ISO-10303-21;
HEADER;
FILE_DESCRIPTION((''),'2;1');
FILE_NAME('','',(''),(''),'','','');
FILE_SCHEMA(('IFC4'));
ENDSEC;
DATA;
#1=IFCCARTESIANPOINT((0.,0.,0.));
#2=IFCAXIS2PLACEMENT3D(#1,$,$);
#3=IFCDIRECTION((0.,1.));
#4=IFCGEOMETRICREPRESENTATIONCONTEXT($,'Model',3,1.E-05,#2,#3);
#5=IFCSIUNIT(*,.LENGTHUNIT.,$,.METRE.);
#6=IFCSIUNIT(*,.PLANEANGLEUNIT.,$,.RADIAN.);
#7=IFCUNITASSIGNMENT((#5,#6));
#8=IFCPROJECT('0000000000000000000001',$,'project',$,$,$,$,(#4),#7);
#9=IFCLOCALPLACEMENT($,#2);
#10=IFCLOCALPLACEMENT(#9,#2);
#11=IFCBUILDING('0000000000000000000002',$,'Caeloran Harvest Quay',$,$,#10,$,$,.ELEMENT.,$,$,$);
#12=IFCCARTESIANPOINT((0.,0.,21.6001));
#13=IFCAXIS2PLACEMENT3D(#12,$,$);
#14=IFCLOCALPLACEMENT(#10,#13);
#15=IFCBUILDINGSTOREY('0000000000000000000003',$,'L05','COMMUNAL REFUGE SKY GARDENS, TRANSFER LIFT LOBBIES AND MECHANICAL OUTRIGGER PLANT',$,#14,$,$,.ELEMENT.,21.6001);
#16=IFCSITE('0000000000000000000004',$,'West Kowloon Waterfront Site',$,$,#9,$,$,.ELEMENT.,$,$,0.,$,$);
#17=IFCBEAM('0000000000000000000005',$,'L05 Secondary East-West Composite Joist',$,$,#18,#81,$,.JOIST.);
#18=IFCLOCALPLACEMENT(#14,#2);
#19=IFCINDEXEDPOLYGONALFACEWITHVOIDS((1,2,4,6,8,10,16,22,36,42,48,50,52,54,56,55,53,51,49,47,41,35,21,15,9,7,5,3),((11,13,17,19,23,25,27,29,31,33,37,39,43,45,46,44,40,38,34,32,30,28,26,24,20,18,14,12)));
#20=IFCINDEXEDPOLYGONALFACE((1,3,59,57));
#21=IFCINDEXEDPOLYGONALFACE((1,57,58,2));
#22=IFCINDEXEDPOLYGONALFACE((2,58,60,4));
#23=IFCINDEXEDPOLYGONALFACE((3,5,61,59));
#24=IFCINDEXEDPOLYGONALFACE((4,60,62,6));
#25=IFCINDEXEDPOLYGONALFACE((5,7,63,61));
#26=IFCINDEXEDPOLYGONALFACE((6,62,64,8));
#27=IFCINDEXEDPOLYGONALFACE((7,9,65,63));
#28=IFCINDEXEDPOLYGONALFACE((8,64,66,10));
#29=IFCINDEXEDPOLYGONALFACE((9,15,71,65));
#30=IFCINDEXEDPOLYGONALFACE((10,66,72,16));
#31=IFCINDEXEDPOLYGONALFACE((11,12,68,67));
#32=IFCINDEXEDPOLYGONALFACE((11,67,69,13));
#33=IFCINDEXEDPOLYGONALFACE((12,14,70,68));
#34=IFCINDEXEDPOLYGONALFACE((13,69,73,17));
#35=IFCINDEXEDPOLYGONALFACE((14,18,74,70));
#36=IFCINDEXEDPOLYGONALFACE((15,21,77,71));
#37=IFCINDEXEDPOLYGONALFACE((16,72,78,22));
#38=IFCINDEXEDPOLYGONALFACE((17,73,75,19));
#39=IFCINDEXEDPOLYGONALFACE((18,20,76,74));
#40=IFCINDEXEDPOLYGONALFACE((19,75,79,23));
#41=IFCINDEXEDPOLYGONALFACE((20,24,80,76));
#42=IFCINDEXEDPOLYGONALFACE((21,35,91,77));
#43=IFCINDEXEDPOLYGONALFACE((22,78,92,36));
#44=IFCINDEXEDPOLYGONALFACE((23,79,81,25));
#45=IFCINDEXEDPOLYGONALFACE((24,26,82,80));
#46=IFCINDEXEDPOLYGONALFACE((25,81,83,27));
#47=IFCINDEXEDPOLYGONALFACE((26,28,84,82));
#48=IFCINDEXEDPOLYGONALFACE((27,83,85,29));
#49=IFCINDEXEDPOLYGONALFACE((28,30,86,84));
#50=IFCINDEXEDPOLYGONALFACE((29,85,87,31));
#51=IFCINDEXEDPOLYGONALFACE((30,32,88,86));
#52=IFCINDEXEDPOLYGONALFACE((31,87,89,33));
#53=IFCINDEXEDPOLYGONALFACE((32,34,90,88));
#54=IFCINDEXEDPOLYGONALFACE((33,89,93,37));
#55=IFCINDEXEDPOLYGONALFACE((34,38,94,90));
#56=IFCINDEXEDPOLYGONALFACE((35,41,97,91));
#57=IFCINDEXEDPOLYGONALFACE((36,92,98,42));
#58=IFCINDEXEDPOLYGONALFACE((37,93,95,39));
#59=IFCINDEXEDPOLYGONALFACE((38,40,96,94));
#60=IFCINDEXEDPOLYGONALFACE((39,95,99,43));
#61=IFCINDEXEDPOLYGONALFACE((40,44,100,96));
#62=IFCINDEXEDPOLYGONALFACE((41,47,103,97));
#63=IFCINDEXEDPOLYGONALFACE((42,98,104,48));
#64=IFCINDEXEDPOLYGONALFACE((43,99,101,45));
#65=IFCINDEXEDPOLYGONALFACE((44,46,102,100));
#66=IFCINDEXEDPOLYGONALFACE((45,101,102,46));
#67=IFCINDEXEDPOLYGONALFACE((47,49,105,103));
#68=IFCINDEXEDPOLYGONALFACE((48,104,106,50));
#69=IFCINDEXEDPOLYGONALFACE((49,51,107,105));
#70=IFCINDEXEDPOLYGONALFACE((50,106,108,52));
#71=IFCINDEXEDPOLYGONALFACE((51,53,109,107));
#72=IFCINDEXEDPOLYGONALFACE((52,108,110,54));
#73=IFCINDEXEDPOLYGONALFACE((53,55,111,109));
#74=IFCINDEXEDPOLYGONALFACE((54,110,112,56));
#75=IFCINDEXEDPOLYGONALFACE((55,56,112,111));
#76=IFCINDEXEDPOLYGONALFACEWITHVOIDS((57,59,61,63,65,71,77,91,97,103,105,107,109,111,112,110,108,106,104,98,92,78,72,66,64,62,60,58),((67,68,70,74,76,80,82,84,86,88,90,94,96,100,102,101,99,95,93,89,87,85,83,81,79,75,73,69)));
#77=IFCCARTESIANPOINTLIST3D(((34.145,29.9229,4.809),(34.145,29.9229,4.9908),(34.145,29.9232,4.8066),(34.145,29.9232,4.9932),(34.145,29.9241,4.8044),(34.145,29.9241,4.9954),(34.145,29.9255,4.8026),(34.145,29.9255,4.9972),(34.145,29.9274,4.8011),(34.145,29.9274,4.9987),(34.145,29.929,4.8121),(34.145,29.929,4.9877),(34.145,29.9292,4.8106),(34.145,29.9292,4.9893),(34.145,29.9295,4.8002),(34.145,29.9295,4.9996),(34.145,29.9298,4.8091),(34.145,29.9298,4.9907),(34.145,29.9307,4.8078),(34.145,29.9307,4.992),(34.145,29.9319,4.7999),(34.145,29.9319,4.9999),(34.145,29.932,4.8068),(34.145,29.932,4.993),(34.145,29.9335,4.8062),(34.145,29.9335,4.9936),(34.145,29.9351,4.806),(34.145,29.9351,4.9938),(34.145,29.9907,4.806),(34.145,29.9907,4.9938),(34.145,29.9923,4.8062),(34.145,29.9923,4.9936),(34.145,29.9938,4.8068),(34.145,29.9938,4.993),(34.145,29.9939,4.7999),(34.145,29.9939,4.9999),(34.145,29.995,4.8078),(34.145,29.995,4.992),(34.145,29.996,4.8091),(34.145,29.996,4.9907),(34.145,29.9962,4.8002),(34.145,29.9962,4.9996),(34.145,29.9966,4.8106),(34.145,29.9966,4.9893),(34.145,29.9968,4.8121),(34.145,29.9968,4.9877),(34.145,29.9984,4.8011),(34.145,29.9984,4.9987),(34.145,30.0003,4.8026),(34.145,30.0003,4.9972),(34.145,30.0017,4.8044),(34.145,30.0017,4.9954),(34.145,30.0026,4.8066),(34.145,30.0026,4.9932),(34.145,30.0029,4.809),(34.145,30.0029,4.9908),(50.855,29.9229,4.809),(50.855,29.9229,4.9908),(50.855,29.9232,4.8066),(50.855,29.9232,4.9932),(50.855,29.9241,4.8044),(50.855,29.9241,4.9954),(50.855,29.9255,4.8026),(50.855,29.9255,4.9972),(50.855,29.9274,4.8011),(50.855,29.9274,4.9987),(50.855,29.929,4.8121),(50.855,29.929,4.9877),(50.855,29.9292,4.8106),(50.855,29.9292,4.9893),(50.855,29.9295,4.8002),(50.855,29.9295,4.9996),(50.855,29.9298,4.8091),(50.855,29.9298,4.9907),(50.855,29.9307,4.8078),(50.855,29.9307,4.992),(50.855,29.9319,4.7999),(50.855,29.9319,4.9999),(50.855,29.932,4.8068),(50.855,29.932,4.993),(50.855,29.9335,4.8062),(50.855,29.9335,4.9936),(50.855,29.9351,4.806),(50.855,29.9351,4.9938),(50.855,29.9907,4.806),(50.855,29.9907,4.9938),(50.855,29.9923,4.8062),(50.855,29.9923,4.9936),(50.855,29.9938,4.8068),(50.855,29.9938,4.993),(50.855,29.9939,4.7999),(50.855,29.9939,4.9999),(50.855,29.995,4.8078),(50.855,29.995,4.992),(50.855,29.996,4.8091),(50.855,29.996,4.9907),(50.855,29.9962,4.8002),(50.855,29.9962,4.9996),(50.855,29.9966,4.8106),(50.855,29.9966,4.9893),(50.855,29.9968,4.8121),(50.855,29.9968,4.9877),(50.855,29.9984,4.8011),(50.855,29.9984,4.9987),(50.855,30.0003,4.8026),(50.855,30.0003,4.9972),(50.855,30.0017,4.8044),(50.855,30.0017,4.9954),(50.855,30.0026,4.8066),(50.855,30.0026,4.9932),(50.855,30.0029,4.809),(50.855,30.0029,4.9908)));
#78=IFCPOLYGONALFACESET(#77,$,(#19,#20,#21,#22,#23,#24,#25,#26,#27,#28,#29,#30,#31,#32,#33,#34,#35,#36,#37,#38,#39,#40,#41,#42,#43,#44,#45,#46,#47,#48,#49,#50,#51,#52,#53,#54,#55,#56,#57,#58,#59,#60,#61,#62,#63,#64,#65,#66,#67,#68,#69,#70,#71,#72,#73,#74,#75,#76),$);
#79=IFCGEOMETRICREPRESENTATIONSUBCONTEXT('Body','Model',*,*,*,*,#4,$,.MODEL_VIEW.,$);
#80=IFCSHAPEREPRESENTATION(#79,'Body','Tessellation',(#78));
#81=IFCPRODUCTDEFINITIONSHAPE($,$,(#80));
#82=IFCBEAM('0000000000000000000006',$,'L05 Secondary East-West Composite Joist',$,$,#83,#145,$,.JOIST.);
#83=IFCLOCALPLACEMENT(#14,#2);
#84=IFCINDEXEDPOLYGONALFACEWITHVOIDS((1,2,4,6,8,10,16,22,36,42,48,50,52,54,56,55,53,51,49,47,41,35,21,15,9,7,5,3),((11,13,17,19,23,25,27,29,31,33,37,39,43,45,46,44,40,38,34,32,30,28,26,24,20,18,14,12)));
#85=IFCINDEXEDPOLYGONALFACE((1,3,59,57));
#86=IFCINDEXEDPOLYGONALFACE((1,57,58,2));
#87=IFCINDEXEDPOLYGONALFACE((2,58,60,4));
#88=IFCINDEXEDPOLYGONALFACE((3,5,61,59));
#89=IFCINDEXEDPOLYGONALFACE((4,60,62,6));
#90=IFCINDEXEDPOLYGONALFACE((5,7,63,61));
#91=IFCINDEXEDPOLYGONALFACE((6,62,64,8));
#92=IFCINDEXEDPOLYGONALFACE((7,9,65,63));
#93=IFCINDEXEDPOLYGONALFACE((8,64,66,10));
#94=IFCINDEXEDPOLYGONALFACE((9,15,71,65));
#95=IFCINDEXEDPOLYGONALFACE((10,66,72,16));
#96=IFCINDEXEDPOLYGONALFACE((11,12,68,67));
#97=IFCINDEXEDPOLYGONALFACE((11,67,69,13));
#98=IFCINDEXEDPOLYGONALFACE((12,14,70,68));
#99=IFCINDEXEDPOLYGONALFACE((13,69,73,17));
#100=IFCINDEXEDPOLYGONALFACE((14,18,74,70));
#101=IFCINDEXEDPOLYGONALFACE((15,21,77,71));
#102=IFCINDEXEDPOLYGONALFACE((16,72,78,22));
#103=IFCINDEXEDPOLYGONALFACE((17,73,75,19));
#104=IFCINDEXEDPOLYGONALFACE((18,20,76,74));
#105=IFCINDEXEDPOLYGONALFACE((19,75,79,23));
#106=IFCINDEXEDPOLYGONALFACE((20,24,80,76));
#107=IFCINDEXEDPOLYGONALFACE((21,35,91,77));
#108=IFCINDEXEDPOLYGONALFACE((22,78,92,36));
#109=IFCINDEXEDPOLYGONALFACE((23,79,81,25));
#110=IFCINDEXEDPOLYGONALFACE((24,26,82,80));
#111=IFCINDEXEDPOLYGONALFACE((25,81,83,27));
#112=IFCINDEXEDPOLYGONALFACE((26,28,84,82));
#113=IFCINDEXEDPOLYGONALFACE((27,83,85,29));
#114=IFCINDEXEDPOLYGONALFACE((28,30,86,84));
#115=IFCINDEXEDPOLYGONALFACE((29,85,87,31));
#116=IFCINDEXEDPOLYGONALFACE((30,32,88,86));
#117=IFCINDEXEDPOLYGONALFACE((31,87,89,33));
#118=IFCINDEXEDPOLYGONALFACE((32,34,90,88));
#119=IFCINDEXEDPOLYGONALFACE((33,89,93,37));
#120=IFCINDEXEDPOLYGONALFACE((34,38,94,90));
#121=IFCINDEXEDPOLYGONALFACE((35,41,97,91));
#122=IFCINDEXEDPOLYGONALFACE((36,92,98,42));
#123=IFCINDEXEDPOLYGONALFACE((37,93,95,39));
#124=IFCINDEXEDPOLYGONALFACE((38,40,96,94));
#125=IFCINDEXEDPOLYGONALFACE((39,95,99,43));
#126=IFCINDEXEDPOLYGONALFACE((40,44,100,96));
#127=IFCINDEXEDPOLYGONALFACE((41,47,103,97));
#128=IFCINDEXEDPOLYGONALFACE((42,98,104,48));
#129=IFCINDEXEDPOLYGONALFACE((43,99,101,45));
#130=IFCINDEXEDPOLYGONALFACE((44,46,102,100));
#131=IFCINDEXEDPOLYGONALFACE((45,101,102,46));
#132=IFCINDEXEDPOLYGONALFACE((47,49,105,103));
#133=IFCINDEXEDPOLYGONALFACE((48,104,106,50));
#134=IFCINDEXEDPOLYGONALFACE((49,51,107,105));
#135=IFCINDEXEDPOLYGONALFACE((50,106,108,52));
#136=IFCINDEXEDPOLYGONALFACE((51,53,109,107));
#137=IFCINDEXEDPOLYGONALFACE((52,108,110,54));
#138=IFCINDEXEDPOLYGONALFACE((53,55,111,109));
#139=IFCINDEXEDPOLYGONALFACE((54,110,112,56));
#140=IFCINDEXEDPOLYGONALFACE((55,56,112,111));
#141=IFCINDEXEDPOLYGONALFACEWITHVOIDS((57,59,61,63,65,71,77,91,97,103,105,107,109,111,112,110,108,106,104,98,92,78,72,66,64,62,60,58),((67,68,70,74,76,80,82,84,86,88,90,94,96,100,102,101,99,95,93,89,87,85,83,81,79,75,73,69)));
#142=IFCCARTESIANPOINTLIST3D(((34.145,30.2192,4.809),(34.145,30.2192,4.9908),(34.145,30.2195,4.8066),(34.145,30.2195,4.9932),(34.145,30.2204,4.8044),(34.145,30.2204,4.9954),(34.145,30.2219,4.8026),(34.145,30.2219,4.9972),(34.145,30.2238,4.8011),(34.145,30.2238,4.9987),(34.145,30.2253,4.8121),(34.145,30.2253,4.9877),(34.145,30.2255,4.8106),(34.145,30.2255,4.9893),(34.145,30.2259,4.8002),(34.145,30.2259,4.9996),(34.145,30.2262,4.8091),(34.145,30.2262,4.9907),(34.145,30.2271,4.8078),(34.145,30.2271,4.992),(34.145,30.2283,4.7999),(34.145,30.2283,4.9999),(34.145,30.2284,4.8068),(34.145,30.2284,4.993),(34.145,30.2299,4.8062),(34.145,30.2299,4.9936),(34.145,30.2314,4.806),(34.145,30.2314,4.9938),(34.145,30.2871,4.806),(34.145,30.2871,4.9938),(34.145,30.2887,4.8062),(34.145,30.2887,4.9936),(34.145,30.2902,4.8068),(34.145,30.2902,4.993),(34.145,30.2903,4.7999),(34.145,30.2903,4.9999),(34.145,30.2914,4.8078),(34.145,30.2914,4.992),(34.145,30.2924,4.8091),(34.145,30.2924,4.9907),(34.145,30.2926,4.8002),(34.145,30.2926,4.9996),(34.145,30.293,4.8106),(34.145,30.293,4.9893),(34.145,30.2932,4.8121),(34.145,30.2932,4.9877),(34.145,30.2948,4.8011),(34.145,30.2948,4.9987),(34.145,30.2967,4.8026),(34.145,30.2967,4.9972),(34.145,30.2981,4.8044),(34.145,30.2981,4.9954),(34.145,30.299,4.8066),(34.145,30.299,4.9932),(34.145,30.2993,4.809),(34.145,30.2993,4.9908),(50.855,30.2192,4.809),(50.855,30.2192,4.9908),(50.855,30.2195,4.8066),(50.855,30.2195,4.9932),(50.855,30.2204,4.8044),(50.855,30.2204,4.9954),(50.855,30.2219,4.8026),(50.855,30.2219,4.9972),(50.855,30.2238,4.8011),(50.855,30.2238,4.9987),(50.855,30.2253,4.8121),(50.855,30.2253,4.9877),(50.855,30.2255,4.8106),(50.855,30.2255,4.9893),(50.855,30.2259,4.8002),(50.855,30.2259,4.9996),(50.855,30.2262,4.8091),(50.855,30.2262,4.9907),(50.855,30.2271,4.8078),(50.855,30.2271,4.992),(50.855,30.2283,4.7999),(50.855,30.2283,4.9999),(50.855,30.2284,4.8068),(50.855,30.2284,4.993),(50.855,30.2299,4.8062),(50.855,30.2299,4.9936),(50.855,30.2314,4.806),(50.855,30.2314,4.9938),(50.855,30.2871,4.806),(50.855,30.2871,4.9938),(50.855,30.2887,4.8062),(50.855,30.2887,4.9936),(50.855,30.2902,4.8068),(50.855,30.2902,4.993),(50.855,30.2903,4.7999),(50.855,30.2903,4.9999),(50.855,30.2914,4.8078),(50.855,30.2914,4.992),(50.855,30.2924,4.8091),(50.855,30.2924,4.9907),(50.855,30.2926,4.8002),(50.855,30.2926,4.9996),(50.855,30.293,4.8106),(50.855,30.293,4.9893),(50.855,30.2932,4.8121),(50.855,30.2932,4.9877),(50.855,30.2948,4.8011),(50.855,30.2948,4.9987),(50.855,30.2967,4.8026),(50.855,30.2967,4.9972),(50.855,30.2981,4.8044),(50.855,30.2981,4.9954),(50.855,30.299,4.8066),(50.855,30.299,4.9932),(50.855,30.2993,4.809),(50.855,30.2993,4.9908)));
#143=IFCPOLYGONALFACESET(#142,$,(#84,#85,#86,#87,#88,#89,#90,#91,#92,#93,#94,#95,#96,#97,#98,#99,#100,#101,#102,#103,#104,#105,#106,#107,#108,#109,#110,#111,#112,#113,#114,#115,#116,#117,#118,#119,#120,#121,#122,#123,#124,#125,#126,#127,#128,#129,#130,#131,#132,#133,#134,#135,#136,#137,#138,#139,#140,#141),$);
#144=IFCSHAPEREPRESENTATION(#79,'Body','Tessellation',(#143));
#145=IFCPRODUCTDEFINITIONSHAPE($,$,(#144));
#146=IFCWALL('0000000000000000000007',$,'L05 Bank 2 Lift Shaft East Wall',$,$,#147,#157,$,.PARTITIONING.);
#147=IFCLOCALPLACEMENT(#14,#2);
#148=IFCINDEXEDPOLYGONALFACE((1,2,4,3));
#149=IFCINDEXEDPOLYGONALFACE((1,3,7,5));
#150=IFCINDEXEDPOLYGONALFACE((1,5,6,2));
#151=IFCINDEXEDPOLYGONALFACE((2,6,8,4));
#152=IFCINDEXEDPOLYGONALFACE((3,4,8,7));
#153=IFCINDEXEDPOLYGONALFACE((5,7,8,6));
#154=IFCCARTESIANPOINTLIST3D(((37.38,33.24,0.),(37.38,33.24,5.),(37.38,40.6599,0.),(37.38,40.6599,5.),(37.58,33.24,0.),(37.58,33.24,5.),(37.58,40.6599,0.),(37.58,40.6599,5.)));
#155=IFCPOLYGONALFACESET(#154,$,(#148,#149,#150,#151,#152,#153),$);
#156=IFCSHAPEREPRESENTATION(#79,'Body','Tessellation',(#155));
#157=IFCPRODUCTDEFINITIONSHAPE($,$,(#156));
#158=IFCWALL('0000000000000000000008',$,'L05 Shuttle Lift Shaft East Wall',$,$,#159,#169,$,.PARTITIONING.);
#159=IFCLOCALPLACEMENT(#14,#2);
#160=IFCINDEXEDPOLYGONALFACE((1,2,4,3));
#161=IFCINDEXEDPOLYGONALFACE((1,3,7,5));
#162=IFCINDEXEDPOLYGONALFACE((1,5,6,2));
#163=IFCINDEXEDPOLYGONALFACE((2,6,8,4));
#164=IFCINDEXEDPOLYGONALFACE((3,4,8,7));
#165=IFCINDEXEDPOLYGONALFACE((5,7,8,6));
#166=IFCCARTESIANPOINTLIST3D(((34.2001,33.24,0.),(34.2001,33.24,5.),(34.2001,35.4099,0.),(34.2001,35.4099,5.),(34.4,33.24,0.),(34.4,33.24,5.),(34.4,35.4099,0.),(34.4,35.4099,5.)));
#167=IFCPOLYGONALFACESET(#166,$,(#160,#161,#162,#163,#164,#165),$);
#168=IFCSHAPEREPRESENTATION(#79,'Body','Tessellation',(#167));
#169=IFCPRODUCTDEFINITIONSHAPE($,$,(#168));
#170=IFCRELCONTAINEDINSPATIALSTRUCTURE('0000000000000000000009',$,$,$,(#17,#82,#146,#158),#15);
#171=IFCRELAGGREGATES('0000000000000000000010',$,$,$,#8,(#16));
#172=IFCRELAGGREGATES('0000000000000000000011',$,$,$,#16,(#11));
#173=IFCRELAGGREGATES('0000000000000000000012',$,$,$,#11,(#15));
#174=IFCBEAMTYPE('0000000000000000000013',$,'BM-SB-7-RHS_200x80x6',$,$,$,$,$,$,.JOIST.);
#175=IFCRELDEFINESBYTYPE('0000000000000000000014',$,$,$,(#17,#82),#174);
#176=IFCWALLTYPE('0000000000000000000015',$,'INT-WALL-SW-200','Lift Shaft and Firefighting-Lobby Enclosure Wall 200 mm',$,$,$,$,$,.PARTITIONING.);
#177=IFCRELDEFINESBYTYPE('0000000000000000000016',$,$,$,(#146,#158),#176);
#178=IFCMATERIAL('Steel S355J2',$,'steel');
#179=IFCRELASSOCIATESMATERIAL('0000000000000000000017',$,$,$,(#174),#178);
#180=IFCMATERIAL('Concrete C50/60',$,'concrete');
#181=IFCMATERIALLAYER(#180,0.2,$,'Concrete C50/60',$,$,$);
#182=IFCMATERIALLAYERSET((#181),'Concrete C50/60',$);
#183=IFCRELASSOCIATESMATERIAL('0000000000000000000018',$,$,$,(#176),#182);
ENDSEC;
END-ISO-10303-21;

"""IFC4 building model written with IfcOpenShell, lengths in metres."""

from ifc_helpers import new_model, si_unit, direction, frame, frame_2d, origin, origin_2d, place, context, subcontext, project, spatial, rectangle, hollow_rectangle, extrude, material, layer, layer_set, material_profile, profile_set, type_object, element, save


model = new_model("IFC4")

# Units and contexts
model_context = context("Model", 3, precision=1e-05, world=origin(), true_north=direction((0.0, 1.0)))
body_context = subcontext(model_context, "Body", "Model", "MODEL_VIEW")
ifc_project = project(units=[si_unit("LENGTHUNIT", "METRE"), si_unit("PLANEANGLEUNIT", "RADIAN")], contexts=[model_context])

# Site, building, storey
site_placement = place(None, origin())
site = spatial("IfcSite", under=ifc_project, at=site_placement, Name="West Kowloon Waterfront Site", CompositionType="ELEMENT", RefElevation=0.0)
building_placement = place(site_placement, origin())
building = spatial("IfcBuilding", under=site, at=building_placement, Name="Caeloran Harvest Quay", CompositionType="ELEMENT")
storey_placement = place(building_placement, frame((0.0, 0.0, 21.6001)))
storey = spatial("IfcBuildingStorey", under=building, at=storey_placement, Name="L05", Description="COMMUNAL REFUGE SKY GARDENS, TRANSFER LIFT LOBBIES AND MECHANICAL OUTRIGGER PLANT", CompositionType="ELEMENT", Elevation=21.6001)

# Beams
ifc_material_1 = material(Name="Steel S355J2", Category="steel")
ifc_material_profile_1 = material_profile(ifc_material_1, hollow_rectangle(XDim=0.0801, YDim=0.2, WallThickness=0.0061, InnerFilletRadius=0.0061, OuterFilletRadius=0.009, at=origin_2d()), Name="RHS 200x80x6")
ifc_profile_set_1 = profile_set([ifc_material_profile_1], Name="Steel S355J2")
beam_type_1 = type_object("IfcBeamType", Name="BM-SB-7-RHS_200x80x6", PredefinedType="JOIST", material=ifc_profile_set_1)
for number, where, z_axis, x_axis, name in (
    (1, (34.145, 29.9629, 4.8999), (1.0, 0.0, 0.0), (0.0, 1.0, 0.0), "L05 Secondary East-West Composite Joist"),
    (2, (34.145, 30.2593, 4.8999), (1.0, 0.0, 0.0), (0.0, 1.0, 0.0), "L05 Secondary East-West Composite Joist"),
):
    element("IfcBeam", number, at=place(storey_placement, frame(where, z_axis=z_axis, x_axis=x_axis)), inside=storey, type_object=beam_type_1, Name=name, PredefinedType="JOIST", context=body_context, shape_type="SweptSolid", body=[
        extrude(hollow_rectangle(XDim=0.0801, YDim=0.2, WallThickness=0.0061, InnerFilletRadius=0.0061, OuterFilletRadius=0.009, at=origin_2d()), origin(), (0.0, 0.0, 1.0), 16.71),
    ])

# Walls
ifc_material_2 = material(Name="Concrete C50/60", Category="concrete")
ifc_layer = layer(ifc_material_2, 0.2, Name="Concrete C50/60")
ifc_layer_set = layer_set([ifc_layer], Name="Concrete C50/60")
wall_type = type_object("IfcWallType", Name="INT-WALL-SW-200", Description="Lift Shaft and Firefighting-Lobby Enclosure Wall 200 mm", PredefinedType="PARTITIONING", material=ifc_layer_set)
wall_1_placement = place(storey_placement, frame((37.48, 33.24, 0.0), z_axis=(0.0, 0.0, 1.0), x_axis=(0.0, 1.0, 0.0)))
element("IfcWall", 3, at=wall_1_placement, inside=storey, type_object=wall_type, Name="L05 Bank 2 Lift Shaft East Wall", PredefinedType="PARTITIONING", context=body_context, shape_type="SweptSolid", body=[
    extrude(rectangle(XDim=7.4199, YDim=0.2, at=frame_2d((3.71, 0.0))), origin(), (0.0, 0.0, 1.0), 5.0),
])
wall_2_placement = place(storey_placement, frame((34.3, 33.24, 0.0), z_axis=(0.0, 0.0, 1.0), x_axis=(0.0, 1.0, 0.0)))
element("IfcWall", 4, at=wall_2_placement, inside=storey, type_object=wall_type, Name="L05 Shuttle Lift Shaft East Wall", PredefinedType="PARTITIONING", context=body_context, shape_type="SweptSolid", body=[
    extrude(rectangle(XDim=2.1699, YDim=0.2, at=frame_2d((1.085, 0.0))), origin(), (0.0, 0.0, 1.0), 5.0),
])

save(model, "model.ifc")
